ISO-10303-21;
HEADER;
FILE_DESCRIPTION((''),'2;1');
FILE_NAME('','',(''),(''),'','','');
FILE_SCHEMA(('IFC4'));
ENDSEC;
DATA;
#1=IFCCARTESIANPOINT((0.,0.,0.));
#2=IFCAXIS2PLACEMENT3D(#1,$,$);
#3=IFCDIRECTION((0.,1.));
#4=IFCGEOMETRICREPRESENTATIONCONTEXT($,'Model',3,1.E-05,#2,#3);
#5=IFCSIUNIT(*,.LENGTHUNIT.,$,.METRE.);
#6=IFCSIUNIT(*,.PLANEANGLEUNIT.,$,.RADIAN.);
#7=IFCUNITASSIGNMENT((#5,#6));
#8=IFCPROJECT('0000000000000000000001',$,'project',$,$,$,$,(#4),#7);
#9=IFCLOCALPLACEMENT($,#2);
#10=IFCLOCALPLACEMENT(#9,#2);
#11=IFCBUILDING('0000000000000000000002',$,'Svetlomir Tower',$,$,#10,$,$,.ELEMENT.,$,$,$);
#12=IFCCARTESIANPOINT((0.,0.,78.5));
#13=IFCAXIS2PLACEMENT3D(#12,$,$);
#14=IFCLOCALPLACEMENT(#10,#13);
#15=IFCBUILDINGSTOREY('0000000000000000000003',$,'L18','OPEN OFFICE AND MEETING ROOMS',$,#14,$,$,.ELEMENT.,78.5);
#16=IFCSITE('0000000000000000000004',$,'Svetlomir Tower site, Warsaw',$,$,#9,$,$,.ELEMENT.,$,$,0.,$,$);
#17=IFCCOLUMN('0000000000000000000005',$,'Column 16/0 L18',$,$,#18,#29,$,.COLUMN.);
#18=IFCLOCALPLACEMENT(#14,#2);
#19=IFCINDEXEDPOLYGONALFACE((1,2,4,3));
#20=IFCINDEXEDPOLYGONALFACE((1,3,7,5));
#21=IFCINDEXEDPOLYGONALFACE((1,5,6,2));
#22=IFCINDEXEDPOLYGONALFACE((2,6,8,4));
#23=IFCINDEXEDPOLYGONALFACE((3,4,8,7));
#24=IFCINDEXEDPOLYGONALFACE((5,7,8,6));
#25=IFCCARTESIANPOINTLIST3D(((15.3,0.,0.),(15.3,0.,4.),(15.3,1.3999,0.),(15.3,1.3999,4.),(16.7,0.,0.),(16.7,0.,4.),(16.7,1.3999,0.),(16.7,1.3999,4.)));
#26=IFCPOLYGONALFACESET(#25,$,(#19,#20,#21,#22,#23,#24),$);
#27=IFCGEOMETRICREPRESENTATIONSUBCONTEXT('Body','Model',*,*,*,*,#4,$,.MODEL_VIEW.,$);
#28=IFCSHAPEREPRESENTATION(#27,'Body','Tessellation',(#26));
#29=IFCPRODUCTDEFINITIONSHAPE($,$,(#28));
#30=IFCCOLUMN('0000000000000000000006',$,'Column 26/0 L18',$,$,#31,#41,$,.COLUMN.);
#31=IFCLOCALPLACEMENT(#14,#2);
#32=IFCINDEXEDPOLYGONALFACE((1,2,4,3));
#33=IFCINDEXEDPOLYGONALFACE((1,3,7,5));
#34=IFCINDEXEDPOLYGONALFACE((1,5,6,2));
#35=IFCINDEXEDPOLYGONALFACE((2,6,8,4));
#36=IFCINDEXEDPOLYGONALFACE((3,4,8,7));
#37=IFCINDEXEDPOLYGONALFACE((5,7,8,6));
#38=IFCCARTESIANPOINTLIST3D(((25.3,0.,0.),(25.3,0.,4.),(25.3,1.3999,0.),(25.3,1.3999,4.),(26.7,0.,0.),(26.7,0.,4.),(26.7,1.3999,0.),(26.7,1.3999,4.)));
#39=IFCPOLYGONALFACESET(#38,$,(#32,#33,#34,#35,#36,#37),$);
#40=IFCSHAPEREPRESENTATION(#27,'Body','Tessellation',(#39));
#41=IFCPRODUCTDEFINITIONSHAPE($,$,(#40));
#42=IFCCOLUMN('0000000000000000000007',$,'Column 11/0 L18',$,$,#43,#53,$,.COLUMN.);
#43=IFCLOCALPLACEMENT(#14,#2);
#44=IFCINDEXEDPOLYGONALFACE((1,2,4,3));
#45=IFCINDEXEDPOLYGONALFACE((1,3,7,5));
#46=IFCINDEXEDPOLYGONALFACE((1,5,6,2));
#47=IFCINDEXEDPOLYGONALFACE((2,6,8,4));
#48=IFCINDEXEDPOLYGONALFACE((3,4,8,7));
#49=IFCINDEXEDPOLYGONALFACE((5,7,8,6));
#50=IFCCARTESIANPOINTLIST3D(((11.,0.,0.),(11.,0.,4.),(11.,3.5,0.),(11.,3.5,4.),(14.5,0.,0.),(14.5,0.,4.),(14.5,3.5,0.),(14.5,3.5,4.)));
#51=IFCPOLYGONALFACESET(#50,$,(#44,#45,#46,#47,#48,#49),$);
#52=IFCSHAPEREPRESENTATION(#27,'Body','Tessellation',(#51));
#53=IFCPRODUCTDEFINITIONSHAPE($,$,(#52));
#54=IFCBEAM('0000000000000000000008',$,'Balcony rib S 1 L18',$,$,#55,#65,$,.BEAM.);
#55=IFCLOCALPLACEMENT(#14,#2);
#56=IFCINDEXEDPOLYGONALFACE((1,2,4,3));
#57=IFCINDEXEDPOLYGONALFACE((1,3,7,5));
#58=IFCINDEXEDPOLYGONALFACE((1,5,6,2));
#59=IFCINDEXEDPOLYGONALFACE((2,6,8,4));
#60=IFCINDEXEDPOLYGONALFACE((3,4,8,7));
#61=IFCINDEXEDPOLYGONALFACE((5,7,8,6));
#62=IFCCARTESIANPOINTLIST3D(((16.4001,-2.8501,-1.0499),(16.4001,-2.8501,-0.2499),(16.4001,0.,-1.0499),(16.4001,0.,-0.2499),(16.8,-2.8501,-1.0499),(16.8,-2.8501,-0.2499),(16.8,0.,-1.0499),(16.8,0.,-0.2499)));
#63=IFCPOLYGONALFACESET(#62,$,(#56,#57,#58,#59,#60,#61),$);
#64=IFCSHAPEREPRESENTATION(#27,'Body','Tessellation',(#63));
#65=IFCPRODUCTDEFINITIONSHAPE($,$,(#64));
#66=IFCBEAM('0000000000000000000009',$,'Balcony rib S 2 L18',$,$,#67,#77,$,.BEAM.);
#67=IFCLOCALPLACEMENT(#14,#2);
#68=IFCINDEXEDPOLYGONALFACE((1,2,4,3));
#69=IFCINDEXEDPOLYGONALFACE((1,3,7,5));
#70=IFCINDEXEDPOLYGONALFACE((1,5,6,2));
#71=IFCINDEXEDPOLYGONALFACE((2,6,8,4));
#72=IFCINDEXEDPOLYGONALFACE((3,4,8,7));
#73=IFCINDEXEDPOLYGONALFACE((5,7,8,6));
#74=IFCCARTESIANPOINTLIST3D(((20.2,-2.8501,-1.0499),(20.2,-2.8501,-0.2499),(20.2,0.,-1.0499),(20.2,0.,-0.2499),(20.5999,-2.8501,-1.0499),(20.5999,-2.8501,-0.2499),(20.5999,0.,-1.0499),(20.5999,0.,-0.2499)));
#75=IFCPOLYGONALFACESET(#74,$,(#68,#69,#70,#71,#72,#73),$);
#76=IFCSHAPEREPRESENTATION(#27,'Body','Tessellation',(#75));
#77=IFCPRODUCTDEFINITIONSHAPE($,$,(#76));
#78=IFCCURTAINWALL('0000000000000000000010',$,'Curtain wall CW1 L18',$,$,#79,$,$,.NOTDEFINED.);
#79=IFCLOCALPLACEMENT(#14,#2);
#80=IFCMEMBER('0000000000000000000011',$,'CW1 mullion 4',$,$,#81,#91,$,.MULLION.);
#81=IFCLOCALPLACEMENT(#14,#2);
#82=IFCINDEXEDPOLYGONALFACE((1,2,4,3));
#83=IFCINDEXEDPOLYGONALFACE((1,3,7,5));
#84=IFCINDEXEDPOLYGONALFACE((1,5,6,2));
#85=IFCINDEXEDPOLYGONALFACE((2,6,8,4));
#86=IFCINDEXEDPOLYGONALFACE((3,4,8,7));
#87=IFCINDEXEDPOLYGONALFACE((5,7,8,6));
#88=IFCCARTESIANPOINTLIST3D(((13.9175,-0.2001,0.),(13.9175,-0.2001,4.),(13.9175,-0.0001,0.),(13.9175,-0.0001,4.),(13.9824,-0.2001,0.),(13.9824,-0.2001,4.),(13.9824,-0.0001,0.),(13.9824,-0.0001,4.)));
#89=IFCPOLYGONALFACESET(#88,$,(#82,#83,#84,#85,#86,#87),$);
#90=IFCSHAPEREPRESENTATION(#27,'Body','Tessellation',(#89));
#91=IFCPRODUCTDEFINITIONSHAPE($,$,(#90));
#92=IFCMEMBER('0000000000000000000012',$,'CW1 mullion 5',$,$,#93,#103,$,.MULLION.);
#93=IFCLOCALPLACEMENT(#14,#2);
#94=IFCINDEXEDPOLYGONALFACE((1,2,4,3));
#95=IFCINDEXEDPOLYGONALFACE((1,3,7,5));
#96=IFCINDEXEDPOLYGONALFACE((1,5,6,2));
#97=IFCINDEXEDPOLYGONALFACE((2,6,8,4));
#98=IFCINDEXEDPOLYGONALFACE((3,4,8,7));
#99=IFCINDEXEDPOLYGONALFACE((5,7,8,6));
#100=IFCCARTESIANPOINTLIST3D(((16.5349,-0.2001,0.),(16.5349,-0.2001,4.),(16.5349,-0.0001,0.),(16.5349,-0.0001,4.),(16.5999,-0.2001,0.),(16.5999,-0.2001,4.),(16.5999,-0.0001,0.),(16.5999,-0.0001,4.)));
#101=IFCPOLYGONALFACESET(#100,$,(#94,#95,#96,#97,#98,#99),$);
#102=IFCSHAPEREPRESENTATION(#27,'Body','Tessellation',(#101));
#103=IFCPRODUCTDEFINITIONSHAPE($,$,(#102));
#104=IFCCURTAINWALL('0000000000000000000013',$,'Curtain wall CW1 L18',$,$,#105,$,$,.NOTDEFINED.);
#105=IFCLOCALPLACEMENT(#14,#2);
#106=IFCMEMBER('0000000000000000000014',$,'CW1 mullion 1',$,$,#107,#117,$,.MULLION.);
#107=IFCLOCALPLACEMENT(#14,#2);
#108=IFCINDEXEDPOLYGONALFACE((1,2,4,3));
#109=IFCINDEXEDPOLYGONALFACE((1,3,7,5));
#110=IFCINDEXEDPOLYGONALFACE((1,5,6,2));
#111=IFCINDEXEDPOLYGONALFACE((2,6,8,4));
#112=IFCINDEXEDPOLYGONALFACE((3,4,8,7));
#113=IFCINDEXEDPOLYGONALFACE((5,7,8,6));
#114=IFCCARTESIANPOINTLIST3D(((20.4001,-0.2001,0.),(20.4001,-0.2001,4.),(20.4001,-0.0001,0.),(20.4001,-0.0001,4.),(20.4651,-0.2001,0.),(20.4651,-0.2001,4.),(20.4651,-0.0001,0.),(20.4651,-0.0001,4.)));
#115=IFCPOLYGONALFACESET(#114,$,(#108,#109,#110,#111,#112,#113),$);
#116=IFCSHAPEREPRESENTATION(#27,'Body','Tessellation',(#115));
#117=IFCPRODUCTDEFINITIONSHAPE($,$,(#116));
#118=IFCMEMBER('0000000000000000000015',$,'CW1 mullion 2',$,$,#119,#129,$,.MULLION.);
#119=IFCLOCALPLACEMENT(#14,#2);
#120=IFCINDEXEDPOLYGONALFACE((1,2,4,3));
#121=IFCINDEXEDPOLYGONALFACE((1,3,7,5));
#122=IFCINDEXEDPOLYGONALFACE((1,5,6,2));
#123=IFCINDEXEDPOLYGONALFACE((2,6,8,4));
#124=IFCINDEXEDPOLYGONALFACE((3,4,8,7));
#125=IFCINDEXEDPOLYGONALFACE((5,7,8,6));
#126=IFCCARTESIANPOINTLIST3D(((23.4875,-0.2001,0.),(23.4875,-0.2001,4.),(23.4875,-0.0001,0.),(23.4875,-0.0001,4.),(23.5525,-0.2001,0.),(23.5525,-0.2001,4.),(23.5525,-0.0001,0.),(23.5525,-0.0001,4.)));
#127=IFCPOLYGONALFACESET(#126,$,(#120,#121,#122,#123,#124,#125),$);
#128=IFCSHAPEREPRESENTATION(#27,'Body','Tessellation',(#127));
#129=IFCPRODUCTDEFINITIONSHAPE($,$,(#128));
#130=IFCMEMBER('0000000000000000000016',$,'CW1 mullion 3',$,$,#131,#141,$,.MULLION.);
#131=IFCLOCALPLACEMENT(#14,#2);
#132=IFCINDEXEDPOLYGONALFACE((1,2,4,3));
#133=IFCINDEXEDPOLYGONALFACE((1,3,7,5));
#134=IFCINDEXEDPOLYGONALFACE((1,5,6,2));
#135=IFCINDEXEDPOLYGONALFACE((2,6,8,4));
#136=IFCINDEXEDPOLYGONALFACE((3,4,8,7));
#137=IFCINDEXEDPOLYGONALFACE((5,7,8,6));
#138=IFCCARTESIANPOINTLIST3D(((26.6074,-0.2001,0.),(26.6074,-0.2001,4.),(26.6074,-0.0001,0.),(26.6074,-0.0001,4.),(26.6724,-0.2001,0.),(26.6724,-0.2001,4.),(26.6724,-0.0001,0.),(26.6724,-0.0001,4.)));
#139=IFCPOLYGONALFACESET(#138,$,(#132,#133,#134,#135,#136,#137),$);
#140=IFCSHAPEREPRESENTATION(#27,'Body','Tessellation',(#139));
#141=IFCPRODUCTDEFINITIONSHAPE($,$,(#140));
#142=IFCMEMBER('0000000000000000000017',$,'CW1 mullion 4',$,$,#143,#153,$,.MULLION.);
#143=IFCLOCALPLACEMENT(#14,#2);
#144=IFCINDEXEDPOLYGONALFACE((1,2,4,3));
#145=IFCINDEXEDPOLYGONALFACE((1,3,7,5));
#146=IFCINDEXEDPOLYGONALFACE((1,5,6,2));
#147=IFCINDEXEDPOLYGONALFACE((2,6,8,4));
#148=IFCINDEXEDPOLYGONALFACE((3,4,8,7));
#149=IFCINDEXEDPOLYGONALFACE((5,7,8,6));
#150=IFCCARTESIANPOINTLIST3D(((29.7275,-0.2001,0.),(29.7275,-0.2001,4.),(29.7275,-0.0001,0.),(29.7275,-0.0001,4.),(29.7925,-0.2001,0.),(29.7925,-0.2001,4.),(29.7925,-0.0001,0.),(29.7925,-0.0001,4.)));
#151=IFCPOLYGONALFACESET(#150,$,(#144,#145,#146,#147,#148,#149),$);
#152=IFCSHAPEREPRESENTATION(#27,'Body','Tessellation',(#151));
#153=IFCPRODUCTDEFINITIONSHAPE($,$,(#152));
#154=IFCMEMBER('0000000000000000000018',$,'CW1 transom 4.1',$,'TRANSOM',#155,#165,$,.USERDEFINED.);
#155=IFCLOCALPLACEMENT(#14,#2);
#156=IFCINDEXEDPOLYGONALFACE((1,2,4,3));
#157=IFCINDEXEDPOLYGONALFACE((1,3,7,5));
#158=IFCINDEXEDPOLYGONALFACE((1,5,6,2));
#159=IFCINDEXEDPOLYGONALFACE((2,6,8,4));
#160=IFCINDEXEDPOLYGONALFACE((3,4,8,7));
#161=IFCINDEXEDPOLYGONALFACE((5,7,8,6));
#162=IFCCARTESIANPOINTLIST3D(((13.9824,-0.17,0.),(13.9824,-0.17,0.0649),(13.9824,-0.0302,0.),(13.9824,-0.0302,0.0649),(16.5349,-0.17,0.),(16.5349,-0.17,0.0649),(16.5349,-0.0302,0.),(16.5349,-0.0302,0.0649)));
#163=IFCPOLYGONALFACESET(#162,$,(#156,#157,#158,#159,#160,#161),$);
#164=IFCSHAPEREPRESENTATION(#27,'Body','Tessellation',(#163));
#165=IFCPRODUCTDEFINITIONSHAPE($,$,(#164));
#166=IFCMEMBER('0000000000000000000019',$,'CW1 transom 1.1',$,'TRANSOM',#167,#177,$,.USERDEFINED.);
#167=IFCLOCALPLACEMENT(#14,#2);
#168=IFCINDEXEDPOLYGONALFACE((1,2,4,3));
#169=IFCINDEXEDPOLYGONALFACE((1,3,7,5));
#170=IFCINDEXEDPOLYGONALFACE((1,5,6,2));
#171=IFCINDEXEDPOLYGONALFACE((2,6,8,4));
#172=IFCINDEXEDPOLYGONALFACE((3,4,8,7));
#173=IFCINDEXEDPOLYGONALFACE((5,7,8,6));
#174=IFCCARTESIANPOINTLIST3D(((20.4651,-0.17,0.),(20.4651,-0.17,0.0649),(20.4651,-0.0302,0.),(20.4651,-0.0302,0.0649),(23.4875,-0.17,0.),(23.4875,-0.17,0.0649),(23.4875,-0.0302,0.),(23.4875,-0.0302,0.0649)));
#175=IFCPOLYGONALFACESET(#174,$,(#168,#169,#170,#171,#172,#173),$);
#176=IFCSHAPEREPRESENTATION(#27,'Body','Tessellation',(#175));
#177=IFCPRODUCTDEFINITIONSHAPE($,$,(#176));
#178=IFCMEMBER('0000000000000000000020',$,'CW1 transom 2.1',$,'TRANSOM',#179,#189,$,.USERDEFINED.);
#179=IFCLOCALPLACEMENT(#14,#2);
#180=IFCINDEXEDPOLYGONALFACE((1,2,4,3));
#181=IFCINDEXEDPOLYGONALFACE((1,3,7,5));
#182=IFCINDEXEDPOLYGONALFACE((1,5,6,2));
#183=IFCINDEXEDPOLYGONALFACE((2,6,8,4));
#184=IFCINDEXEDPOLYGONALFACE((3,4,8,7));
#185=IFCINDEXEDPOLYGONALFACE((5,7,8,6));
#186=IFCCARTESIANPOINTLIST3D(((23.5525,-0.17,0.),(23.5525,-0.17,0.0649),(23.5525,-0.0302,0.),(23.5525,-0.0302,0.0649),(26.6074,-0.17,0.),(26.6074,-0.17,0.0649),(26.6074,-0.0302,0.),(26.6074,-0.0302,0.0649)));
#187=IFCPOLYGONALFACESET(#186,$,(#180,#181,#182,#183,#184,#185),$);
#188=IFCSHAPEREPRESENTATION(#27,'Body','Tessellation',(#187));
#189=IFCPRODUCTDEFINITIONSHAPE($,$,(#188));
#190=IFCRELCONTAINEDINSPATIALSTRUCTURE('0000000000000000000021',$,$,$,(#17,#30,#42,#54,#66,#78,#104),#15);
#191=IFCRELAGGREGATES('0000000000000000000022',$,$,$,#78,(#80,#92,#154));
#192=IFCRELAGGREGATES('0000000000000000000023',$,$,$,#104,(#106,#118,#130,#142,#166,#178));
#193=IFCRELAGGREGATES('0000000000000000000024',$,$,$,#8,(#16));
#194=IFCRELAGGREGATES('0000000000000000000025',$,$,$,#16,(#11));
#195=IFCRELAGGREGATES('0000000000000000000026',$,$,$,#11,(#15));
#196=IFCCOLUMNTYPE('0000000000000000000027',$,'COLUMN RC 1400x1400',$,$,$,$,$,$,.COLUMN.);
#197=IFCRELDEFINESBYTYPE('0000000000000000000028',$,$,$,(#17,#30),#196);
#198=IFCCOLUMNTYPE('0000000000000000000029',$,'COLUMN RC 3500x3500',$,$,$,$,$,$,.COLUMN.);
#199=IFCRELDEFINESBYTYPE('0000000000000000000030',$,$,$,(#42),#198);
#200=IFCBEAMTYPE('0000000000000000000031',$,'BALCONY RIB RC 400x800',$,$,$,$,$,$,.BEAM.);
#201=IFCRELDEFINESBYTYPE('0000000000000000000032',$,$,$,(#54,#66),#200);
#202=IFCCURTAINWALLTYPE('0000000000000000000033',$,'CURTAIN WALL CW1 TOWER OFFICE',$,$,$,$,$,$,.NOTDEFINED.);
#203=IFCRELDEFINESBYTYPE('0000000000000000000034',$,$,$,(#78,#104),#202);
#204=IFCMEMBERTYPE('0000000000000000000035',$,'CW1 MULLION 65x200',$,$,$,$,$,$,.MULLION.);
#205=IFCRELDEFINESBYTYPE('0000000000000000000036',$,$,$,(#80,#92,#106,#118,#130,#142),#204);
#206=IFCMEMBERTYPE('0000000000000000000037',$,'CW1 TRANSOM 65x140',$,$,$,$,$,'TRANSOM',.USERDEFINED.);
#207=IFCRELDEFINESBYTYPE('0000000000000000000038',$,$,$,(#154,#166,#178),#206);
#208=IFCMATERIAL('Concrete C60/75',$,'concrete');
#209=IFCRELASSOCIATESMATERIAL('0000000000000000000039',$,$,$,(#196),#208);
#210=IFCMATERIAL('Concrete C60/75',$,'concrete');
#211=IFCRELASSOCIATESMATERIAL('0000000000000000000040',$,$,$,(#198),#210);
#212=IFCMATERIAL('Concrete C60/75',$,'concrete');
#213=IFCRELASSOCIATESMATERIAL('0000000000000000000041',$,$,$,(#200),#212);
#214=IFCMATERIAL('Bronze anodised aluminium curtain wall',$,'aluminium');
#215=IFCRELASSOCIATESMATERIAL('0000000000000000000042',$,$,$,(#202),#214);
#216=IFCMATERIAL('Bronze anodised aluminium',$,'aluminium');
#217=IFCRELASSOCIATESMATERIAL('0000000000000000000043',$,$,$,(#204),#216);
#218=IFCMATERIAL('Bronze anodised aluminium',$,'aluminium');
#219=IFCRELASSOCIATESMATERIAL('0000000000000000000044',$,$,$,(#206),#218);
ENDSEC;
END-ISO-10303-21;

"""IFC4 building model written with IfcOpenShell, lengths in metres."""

from ifc_helpers import new_model, si_unit, direction, frame, origin, origin_2d, place, context, subcontext, project, spatial, rectangle, extrude, material, material_profile, profile_set, type_object, element, aggregate, save


model = new_model("IFC4")

# Units and contexts
model_context = context("Model", 3, precision=1e-05, world=origin(), true_north=direction((0.0, 1.0)))
body_context = subcontext(model_context, "Body", "Model", "MODEL_VIEW")
ifc_project = project(units=[si_unit("LENGTHUNIT", "METRE"), si_unit("PLANEANGLEUNIT", "RADIAN")], contexts=[model_context])

# Site, building, storey
site_placement = place(None, origin())
site = spatial("IfcSite", under=ifc_project, at=site_placement, Name="Svetlomir Tower site, Warsaw", CompositionType="ELEMENT", RefElevation=0.0)
building_placement = place(site_placement, origin())
building = spatial("IfcBuilding", under=site, at=building_placement, Name="Svetlomir Tower", CompositionType="ELEMENT")
storey_placement = place(building_placement, frame((0.0, 0.0, 78.5)))
storey = spatial("IfcBuildingStorey", under=building, at=storey_placement, Name="L18", Description="OPEN OFFICE AND MEETING ROOMS", CompositionType="ELEMENT", Elevation=78.5)

# Columns
ifc_material_1 = material(Name="Concrete C60/75", Category="concrete")
ifc_material_profile_1 = material_profile(ifc_material_1, rectangle(XDim=1.3999, YDim=1.3999, at=origin_2d()), Name="RC 1400x1400")
ifc_profile_set_1 = profile_set([ifc_material_profile_1], Name="Concrete C60/75")
column_type_1 = type_object("IfcColumnType", Name="COLUMN RC 1400x1400", PredefinedType="COLUMN", material=ifc_profile_set_1)
for number, where, z_axis, x_axis, name in (
    (1, (16.0, 0.7, 0.0), (0.0, 0.0, 1.0), (1.0, 0.0, 0.0), "Column 16/0 L18"),
    (2, (26.0, 0.7, 0.0), (0.0, 0.0, 1.0), (1.0, 0.0, 0.0), "Column 26/0 L18"),
):
    element("IfcColumn", number, at=place(storey_placement, frame(where, z_axis=z_axis, x_axis=x_axis)), inside=storey, type_object=column_type_1, Name=name, PredefinedType="COLUMN", context=body_context, shape_type="SweptSolid", body=[
        extrude(rectangle(XDim=1.3999, YDim=1.3999, at=origin_2d()), origin(), (0.0, 0.0, 1.0), 4.0),
    ])
ifc_material_2 = material(Name="Concrete C60/75", Category="concrete")
ifc_material_profile_2 = material_profile(ifc_material_2, rectangle(XDim=3.5, YDim=3.5, at=origin_2d()), Name="RC 3500x3500")
ifc_profile_set_2 = profile_set([ifc_material_profile_2], Name="Concrete C60/75")
column_type_2 = type_object("IfcColumnType", Name="COLUMN RC 3500x3500", PredefinedType="COLUMN", material=ifc_profile_set_2)
column_placement = place(storey_placement, frame((12.75, 1.75, 0.0), z_axis=(0.0, 0.0, 1.0), x_axis=(1.0, 0.0, 0.0)))
element("IfcColumn", 3, at=column_placement, inside=storey, type_object=column_type_2, Name="Column 11/0 L18", PredefinedType="COLUMN", context=body_context, shape_type="SweptSolid", body=[
    extrude(rectangle(XDim=3.5, YDim=3.5, at=origin_2d()), origin(), (0.0, 0.0, 1.0), 4.0),
])

# Beams
ifc_material_3 = material(Name="Concrete C60/75", Category="concrete")
ifc_material_profile_3 = material_profile(ifc_material_3, rectangle(XDim=0.3999, YDim=0.8, at=origin_2d()), Name="RC 400x800")
ifc_profile_set_3 = profile_set([ifc_material_profile_3], Name="Concrete C60/75")
beam_type_1 = type_object("IfcBeamType", Name="BALCONY RIB RC 400x800", PredefinedType="BEAM", material=ifc_profile_set_3)
for number, where, z_axis, x_axis, name in (
    (4, (16.6001, 0.0, -0.6499), (0.0, -1.0, 0.0), (1.0, 0.0, 0.0), "Balcony rib S 1 L18"),
    (5, (20.3999, 0.0, -0.6499), (0.0, -1.0, 0.0), (1.0, 0.0, 0.0), "Balcony rib S 2 L18"),
):
    element("IfcBeam", number, at=place(storey_placement, frame(where, z_axis=z_axis, x_axis=x_axis)), inside=storey, type_object=beam_type_1, Name=name, PredefinedType="BEAM", context=body_context, shape_type="SweptSolid", body=[
        extrude(rectangle(XDim=0.3999, YDim=0.8, at=origin_2d()), origin(), (0.0, 0.0, 1.0), 2.8501),
    ])

# Curtain walls, members
ifc_material_4 = material(Name="Bronze anodised aluminium curtain wall", Category="aluminium")
curtain_wall_type = type_object("IfcCurtainWallType", Name="CURTAIN WALL CW1 TOWER OFFICE", PredefinedType="NOTDEFINED", material=ifc_material_4)
curtain_wall_1_placement = place(storey_placement, origin())
curtain_wall_1 = element("IfcCurtainWall", 6, at=curtain_wall_1_placement, inside=storey, type_object=curtain_wall_type, Name="Curtain wall CW1 L18", PredefinedType="NOTDEFINED")
ifc_material_5 = material(Name="Bronze anodised aluminium", Category="aluminium")
ifc_material_profile_4 = material_profile(ifc_material_5, rectangle(XDim=0.0649, YDim=0.2, at=origin_2d()), Name="AL 65x200")
ifc_profile_set_4 = profile_set([ifc_material_profile_4], Name="Bronze anodised aluminium 6063-T6")
member_type_1 = type_object("IfcMemberType", Name="CW1 MULLION 65x200", PredefinedType="MULLION", material=ifc_profile_set_4)
member_1_placement = place(storey_placement, frame((13.95, -0.1001, 0.0), z_axis=(0.0, 0.0, 1.0), x_axis=(1.0, 0.0, 0.0)))
member_1 = element("IfcMember", 7, at=member_1_placement, type_object=member_type_1, Name="CW1 mullion 4", PredefinedType="MULLION", context=body_context, shape_type="SweptSolid", body=[
    extrude(rectangle(XDim=0.0649, YDim=0.2, at=origin_2d()), origin(), (0.0, 0.0, 1.0), 4.0),
])
member_2_placement = place(storey_placement, frame((16.5674, -0.1001, 0.0), z_axis=(0.0, 0.0, 1.0), x_axis=(1.0, 0.0, 0.0)))
member_2 = element("IfcMember", 8, at=member_2_placement, type_object=member_type_1, Name="CW1 mullion 5", PredefinedType="MULLION", context=body_context, shape_type="SweptSolid", body=[
    extrude(rectangle(XDim=0.0649, YDim=0.2, at=origin_2d()), origin(), (0.0, 0.0, 1.0), 4.0),
])
curtain_wall_2_placement = place(storey_placement, origin())
curtain_wall_2 = element("IfcCurtainWall", 9, at=curtain_wall_2_placement, inside=storey, type_object=curtain_wall_type, Name="Curtain wall CW1 L18", PredefinedType="NOTDEFINED")
member_3_placement = place(storey_placement, frame((20.4326, -0.1001, 0.0), z_axis=(0.0, 0.0, 1.0), x_axis=(1.0, 0.0, 0.0)))
member_3 = element("IfcMember", 10, at=member_3_placement, type_object=member_type_1, Name="CW1 mullion 1", PredefinedType="MULLION", context=body_context, shape_type="SweptSolid", body=[
    extrude(rectangle(XDim=0.0649, YDim=0.2, at=origin_2d()), origin(), (0.0, 0.0, 1.0), 4.0),
])
member_4_placement = place(storey_placement, frame((23.52, -0.1001, 0.0), z_axis=(0.0, 0.0, 1.0), x_axis=(1.0, 0.0, 0.0)))
member_4 = element("IfcMember", 11, at=member_4_placement, type_object=member_type_1, Name="CW1 mullion 2", PredefinedType="MULLION", context=body_context, shape_type="SweptSolid", body=[
    extrude(rectangle(XDim=0.0649, YDim=0.2, at=origin_2d()), origin(), (0.0, 0.0, 1.0), 4.0),
])
member_5_placement = place(storey_placement, frame((26.6399, -0.1001, 0.0), z_axis=(0.0, 0.0, 1.0), x_axis=(1.0, 0.0, 0.0)))
member_5 = element("IfcMember", 12, at=member_5_placement, type_object=member_type_1, Name="CW1 mullion 3", PredefinedType="MULLION", context=body_context, shape_type="SweptSolid", body=[
    extrude(rectangle(XDim=0.0649, YDim=0.2, at=origin_2d()), origin(), (0.0, 0.0, 1.0), 4.0),
])
member_6_placement = place(storey_placement, frame((29.76, -0.1001, 0.0), z_axis=(0.0, 0.0, 1.0), x_axis=(1.0, 0.0, 0.0)))
member_6 = element("IfcMember", 13, at=member_6_placement, type_object=member_type_1, Name="CW1 mullion 4", PredefinedType="MULLION", context=body_context, shape_type="SweptSolid", body=[
    extrude(rectangle(XDim=0.0649, YDim=0.2, at=origin_2d()), origin(), (0.0, 0.0, 1.0), 4.0),
])

# Members
ifc_material_6 = material(Name="Bronze anodised aluminium", Category="aluminium")
ifc_material_profile_5 = material_profile(ifc_material_6, rectangle(XDim=0.1399, YDim=0.0649, at=origin_2d()), Name="AL 140x65")
ifc_profile_set_5 = profile_set([ifc_material_profile_5], Name="Bronze anodised aluminium 6063-T6")
member_type_2 = type_object("IfcMemberType", Name="CW1 TRANSOM 65x140", ElementType="TRANSOM", PredefinedType="USERDEFINED", material=ifc_profile_set_5)
member_7_placement = place(storey_placement, frame((13.9824, -0.1001, 0.0325), z_axis=(1.0, 0.0, 0.0), x_axis=(0.0, 1.0, 0.0)))
member_7 = element("IfcMember", 14, at=member_7_placement, type_object=member_type_2, Name="CW1 transom 4.1", ObjectType="TRANSOM", PredefinedType="USERDEFINED", context=body_context, shape_type="SweptSolid", body=[
    extrude(rectangle(XDim=0.1399, YDim=0.0649, at=origin_2d()), origin(), (0.0, 0.0, 1.0), 2.5525),
])
member_8_placement = place(storey_placement, frame((20.4651, -0.1001, 0.0325), z_axis=(1.0, 0.0, 0.0), x_axis=(0.0, 1.0, 0.0)))
member_8 = element("IfcMember", 15, at=member_8_placement, type_object=member_type_2, Name="CW1 transom 1.1", ObjectType="TRANSOM", PredefinedType="USERDEFINED", context=body_context, shape_type="SweptSolid", body=[
    extrude(rectangle(XDim=0.1399, YDim=0.0649, at=origin_2d()), origin(), (0.0, 0.0, 1.0), 3.0225),
])
member_9_placement = place(storey_placement, frame((23.5525, -0.1001, 0.0325), z_axis=(1.0, 0.0, 0.0), x_axis=(0.0, 1.0, 0.0)))
member_9 = element("IfcMember", 16, at=member_9_placement, type_object=member_type_2, Name="CW1 transom 2.1", ObjectType="TRANSOM", PredefinedType="USERDEFINED", context=body_context, shape_type="SweptSolid", body=[
    extrude(rectangle(XDim=0.1399, YDim=0.0649, at=origin_2d()), origin(), (0.0, 0.0, 1.0), 3.0549),
])

aggregate(curtain_wall_1, [member_1, member_2, member_7])
aggregate(curtain_wall_2, [member_3, member_4, member_5, member_6, member_8, member_9])

save(model, "model.ifc")
